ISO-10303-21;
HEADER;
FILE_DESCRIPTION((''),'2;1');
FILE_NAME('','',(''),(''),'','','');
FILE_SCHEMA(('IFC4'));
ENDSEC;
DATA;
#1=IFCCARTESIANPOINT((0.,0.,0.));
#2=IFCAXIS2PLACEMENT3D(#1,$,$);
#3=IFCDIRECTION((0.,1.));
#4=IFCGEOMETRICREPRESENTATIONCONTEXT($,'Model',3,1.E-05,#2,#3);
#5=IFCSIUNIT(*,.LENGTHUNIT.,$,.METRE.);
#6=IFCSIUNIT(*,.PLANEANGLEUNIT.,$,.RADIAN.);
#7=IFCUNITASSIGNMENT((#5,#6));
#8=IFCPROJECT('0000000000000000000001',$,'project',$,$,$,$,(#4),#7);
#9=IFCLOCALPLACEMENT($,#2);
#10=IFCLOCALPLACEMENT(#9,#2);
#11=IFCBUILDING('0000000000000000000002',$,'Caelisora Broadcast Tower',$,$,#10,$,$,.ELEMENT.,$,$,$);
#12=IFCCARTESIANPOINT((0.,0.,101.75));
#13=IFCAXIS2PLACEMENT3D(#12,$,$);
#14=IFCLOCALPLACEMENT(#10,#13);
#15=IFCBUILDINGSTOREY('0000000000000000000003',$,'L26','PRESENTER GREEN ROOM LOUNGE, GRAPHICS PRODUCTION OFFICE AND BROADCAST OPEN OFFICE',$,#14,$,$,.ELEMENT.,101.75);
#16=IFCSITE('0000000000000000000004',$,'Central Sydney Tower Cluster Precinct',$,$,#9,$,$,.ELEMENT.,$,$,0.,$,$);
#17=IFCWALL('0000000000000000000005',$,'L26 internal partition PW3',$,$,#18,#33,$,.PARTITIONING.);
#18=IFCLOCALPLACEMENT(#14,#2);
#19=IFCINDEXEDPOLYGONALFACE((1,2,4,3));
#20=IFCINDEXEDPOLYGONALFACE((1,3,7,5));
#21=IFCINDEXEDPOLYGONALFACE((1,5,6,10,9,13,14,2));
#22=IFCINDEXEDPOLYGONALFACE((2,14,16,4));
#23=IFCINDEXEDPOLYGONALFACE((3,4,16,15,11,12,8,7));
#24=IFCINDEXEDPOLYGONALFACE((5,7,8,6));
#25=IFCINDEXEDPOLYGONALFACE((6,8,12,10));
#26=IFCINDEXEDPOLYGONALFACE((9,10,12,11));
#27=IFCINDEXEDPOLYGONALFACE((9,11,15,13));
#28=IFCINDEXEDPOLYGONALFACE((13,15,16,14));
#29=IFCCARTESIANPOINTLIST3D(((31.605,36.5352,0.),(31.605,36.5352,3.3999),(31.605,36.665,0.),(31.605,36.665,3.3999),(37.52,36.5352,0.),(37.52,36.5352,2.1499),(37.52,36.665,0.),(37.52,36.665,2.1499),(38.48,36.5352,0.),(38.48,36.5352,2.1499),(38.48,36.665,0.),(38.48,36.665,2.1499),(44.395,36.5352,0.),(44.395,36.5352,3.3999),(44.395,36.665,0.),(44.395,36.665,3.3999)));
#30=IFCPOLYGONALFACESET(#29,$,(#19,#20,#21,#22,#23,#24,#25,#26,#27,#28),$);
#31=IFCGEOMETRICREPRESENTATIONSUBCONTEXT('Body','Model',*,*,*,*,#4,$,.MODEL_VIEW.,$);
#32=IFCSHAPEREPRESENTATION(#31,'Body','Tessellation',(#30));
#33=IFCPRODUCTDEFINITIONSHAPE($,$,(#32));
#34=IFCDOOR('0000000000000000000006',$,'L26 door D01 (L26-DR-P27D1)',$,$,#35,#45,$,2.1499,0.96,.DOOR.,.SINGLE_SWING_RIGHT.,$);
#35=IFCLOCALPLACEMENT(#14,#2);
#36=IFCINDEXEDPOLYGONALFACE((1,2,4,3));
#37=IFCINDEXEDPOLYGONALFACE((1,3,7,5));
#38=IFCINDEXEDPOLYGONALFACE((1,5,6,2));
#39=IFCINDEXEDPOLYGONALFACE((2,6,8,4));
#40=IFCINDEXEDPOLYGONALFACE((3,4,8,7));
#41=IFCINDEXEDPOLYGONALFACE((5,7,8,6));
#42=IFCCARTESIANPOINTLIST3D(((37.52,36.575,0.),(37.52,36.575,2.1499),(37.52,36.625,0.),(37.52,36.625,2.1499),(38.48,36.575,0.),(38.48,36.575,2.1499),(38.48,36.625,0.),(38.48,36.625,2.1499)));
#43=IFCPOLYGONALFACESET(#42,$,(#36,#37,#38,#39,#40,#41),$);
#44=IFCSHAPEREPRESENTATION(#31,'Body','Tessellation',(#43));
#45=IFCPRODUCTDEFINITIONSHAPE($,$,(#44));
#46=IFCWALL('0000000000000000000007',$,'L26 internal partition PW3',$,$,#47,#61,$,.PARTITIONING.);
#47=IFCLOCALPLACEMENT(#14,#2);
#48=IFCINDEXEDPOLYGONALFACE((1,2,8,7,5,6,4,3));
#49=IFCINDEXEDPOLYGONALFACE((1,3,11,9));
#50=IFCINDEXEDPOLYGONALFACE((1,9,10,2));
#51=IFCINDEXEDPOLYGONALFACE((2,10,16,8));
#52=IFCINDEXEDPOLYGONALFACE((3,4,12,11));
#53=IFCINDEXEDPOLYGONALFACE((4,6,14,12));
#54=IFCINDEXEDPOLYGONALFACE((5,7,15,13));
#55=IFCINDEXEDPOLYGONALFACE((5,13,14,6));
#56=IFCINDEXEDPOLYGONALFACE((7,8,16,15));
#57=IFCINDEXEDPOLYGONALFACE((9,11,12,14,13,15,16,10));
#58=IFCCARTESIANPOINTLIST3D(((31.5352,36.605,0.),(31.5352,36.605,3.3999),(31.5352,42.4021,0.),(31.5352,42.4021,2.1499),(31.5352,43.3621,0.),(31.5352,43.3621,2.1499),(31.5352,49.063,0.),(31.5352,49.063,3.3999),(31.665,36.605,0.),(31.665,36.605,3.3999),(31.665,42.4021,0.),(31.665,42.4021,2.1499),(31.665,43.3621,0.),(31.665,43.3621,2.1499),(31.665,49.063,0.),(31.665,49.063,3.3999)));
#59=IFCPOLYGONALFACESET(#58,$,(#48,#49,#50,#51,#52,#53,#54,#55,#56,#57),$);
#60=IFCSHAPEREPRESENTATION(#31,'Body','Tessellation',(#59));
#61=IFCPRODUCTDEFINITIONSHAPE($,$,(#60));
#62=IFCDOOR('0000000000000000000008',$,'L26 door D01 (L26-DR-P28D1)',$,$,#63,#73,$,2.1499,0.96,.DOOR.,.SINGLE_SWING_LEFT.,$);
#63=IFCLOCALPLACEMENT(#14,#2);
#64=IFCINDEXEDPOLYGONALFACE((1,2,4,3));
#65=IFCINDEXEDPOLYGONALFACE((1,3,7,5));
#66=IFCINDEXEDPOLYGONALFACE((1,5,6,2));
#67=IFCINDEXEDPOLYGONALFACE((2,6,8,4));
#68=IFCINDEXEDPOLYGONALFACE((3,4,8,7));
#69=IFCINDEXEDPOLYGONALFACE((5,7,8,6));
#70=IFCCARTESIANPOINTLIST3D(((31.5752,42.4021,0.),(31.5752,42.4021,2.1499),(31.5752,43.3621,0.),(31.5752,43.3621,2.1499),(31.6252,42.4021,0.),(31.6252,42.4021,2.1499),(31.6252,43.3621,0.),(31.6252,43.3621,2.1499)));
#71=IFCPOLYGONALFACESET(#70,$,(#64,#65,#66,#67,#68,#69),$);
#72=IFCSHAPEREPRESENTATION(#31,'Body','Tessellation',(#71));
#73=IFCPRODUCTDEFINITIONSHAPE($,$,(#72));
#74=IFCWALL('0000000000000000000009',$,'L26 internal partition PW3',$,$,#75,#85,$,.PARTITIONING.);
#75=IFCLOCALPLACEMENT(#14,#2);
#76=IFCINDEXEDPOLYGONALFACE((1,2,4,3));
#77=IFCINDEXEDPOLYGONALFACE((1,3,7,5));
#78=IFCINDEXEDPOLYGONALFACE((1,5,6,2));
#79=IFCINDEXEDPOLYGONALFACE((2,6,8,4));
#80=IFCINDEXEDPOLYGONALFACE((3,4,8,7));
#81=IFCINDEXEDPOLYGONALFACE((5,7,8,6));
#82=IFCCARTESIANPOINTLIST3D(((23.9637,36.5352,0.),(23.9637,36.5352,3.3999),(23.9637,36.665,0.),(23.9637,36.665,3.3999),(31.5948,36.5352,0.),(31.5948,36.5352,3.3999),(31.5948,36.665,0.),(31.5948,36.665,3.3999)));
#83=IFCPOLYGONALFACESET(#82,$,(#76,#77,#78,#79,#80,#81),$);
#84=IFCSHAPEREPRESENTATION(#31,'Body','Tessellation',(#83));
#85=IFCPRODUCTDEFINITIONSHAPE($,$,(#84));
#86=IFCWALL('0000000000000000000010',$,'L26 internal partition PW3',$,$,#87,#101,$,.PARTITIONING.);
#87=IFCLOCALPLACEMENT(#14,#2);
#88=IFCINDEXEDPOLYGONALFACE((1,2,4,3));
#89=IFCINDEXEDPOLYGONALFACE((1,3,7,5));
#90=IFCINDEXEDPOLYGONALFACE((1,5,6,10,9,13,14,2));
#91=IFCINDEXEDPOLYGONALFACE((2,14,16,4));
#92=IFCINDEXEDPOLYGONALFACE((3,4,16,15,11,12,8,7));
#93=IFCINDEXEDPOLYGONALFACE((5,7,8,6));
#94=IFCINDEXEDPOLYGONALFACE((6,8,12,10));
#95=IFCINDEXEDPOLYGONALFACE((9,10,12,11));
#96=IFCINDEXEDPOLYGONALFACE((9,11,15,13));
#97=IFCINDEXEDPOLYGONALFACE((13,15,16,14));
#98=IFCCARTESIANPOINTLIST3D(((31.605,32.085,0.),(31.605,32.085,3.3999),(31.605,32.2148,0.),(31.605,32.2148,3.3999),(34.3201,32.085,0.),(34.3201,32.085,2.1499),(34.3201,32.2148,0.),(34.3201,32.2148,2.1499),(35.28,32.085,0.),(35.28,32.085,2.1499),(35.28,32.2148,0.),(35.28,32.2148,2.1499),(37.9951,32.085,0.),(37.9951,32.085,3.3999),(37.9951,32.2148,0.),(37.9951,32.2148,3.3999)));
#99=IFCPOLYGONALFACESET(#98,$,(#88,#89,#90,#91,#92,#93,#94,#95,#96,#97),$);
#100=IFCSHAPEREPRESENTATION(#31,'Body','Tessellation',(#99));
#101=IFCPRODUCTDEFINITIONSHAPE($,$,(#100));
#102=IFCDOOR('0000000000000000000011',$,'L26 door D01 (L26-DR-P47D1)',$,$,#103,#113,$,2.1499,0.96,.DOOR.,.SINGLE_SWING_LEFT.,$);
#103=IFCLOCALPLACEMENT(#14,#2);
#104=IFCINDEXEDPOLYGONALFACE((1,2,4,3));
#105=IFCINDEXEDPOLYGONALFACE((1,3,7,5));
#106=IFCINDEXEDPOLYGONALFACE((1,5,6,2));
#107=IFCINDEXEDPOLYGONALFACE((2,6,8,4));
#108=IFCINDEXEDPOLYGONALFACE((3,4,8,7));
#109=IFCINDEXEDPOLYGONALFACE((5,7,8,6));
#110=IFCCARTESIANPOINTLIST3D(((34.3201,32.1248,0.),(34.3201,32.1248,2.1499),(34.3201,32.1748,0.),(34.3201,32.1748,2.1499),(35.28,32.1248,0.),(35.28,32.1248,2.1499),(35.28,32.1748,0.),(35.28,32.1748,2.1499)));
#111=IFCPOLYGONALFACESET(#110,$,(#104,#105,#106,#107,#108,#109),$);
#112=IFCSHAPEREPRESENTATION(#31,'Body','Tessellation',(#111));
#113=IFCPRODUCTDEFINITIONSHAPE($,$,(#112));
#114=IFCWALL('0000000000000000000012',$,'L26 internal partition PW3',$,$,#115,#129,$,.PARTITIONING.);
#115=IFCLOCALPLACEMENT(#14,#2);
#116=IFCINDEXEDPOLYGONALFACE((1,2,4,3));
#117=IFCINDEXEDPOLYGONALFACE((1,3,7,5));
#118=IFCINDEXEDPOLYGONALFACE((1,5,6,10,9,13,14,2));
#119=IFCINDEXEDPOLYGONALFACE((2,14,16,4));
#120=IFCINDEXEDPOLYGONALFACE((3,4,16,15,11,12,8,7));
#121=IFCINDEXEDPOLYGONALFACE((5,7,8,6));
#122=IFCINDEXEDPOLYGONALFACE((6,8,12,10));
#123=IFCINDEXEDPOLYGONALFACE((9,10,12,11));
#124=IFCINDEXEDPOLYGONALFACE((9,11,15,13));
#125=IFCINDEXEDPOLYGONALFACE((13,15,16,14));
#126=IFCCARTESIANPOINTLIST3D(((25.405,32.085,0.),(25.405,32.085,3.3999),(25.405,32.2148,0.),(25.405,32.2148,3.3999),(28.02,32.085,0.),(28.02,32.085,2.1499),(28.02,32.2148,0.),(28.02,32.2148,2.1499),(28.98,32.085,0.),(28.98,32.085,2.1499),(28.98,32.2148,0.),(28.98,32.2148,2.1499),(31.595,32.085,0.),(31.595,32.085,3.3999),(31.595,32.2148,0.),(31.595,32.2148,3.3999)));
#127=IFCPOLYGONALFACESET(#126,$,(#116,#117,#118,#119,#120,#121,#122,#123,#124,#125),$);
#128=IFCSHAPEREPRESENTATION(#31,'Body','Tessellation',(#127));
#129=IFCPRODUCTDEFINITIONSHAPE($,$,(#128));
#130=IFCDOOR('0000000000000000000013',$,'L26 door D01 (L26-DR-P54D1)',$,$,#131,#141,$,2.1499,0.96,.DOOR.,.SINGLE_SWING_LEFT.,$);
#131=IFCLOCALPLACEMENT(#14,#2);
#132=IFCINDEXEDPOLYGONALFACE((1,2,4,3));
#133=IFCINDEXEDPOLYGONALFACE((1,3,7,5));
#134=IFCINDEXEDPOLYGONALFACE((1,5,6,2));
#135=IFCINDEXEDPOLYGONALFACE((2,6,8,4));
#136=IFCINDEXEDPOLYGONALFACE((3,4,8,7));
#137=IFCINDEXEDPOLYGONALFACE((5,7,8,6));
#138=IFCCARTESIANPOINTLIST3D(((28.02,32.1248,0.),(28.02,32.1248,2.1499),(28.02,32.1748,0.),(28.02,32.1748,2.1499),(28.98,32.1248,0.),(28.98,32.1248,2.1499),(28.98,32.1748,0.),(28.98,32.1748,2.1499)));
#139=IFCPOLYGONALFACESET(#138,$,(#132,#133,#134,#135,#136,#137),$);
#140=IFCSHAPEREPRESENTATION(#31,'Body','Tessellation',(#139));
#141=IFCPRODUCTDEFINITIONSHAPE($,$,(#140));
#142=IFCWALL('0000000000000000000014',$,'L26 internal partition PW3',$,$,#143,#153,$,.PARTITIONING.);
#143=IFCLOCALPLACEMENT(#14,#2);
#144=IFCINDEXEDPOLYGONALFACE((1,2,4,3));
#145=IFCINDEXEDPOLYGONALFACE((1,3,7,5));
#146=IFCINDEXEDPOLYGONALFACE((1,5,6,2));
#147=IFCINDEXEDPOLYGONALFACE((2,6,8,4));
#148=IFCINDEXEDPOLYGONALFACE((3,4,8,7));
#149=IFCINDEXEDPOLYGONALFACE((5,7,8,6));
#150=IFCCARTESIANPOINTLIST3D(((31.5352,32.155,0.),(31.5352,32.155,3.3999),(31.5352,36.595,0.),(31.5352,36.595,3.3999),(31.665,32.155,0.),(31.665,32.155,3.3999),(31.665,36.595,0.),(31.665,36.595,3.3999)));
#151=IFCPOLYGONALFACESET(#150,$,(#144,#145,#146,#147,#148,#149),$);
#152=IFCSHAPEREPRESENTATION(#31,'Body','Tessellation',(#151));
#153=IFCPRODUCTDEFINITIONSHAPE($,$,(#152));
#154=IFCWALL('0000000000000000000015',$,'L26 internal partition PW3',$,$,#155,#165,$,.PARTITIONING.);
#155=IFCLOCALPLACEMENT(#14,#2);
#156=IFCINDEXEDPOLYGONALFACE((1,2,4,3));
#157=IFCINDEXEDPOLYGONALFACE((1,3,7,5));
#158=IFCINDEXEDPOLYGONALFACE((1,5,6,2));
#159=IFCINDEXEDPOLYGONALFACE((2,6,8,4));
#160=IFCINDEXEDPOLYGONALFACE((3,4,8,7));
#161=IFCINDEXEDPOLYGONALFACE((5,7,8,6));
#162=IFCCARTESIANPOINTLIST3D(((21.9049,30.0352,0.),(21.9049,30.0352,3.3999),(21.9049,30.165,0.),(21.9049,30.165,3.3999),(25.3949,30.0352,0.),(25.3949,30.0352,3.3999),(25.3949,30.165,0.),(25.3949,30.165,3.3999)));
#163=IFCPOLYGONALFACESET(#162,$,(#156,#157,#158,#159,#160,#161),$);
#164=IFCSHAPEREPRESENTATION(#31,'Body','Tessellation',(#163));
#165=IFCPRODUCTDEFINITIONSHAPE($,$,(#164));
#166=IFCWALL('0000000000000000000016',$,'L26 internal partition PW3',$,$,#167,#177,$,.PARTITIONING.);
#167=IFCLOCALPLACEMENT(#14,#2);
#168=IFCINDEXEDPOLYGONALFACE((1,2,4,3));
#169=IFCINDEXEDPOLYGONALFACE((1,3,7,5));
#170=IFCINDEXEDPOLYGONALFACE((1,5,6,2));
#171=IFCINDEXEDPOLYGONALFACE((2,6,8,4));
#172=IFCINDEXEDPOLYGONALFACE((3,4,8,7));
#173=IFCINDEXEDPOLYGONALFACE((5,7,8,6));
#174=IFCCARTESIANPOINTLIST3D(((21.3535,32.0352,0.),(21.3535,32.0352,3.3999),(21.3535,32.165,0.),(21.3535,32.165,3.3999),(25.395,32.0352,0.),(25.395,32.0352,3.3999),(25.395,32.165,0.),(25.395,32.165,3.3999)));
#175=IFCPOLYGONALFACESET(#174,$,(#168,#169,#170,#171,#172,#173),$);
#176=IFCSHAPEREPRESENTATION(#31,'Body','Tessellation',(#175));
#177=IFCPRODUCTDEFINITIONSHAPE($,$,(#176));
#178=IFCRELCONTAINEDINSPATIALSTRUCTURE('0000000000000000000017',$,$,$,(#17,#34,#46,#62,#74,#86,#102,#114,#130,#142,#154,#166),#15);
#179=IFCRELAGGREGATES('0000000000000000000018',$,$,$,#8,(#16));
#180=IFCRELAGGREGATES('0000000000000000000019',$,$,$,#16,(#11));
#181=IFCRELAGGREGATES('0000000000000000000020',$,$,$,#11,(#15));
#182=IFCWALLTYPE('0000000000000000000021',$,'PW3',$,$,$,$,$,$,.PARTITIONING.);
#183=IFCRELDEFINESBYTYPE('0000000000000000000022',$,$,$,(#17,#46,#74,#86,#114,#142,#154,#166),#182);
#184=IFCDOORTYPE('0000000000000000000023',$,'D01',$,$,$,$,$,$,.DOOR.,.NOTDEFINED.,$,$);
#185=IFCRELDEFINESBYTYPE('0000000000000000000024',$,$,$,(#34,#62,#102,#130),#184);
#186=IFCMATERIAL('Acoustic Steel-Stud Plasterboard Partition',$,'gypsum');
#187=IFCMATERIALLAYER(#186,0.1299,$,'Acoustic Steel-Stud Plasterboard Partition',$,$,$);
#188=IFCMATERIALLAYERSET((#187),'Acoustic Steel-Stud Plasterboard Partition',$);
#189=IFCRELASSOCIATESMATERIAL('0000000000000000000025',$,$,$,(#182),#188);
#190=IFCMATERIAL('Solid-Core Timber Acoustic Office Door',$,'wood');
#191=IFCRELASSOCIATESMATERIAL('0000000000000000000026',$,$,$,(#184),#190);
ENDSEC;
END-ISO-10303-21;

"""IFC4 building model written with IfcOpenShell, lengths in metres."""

from ifc_helpers import new_model, si_unit, direction, frame, frame_2d, origin, place, context, subcontext, project, spatial, rectangle, extrude, material, layer, layer_set, type_object, element, fill, save


model = new_model("IFC4")

# Units and contexts
model_context = context("Model", 3, precision=1e-05, world=origin(), true_north=direction((0.0, 1.0)))
body_context = subcontext(model_context, "Body", "Model", "MODEL_VIEW")
ifc_project = project(units=[si_unit("LENGTHUNIT", "METRE"), si_unit("PLANEANGLEUNIT", "RADIAN")], contexts=[model_context])

# Site, building, storey
site_placement = place(None, origin())
site = spatial("IfcSite", under=ifc_project, at=site_placement, Name="Central Sydney Tower Cluster Precinct", CompositionType="ELEMENT", RefElevation=0.0)
building_placement = place(site_placement, origin())
building = spatial("IfcBuilding", under=site, at=building_placement, Name="Caelisora Broadcast Tower", CompositionType="ELEMENT")
storey_placement = place(building_placement, frame((0.0, 0.0, 101.75)))
storey = spatial("IfcBuildingStorey", under=building, at=storey_placement, Name="L26", Description="PRESENTER GREEN ROOM LOUNGE, GRAPHICS PRODUCTION OFFICE AND BROADCAST OPEN OFFICE", CompositionType="ELEMENT", Elevation=101.75)

# Walls, openings, doors
ifc_material_1 = material(Name="Acoustic Steel-Stud Plasterboard Partition", Category="gypsum")
ifc_layer_1 = layer(ifc_material_1, 0.1299, Name="Acoustic Steel-Stud Plasterboard Partition")
ifc_layer_set_1 = layer_set([ifc_layer_1], Name="Acoustic Steel-Stud Plasterboard Partition")
wall_type = type_object("IfcWallType", Name="PW3", PredefinedType="PARTITIONING", material=ifc_layer_set_1)
wall_1_placement = place(storey_placement, frame((31.605, 36.6001, 0.0), z_axis=(0.0, 0.0, 1.0), x_axis=(1.0, 0.0, 0.0)))
wall_1 = element("IfcWall", 1, at=wall_1_placement, inside=storey, type_object=wall_type, Name="L26 internal partition PW3", PredefinedType="PARTITIONING", context=body_context, shape_type="SweptSolid", body=[
    extrude(rectangle(XDim=12.79, YDim=0.1299, at=frame_2d((6.395, 0.0))), origin(), (0.0, 0.0, 1.0), 3.3999),
])
opening_1_placement = place(wall_1_placement, frame((5.915, 0.0, 0.0)))
opening_1 = element("IfcOpeningElement", 2, at=opening_1_placement, cuts=wall_1, PredefinedType="OPENING", context=body_context, shape_type="SweptSolid", body=[
    extrude(rectangle(XDim=0.96, YDim=2.1499, at=frame_2d((0.48, 1.075))), frame((0.0, 0.0769, 0.0), z_axis=(0.0, -1.0, 0.0), x_axis=(1.0, 0.0, 0.0)), (0.0, 0.0, 1.0), 0.1538),
])
ifc_material_2 = material(Name="Solid-Core Timber Acoustic Office Door", Category="wood")
door_type = type_object("IfcDoorType", Name="D01", OperationType="NOTDEFINED", PredefinedType="DOOR", material=ifc_material_2)
door_1_placement = place(opening_1_placement, origin())
door_1 = element("IfcDoor", 3, at=door_1_placement, inside=storey, type_object=door_type, Name="L26 door D01 (L26-DR-P27D1)", OperationType="SINGLE_SWING_RIGHT", OverallHeight=2.1499, OverallWidth=0.96, PredefinedType="DOOR", context=body_context, shape_type="SweptSolid", body=[
    extrude(rectangle(XDim=0.96, YDim=2.1499, at=frame_2d((0.48, 1.075))), frame((0.0, 0.0249, 0.0), z_axis=(0.0, -1.0, 0.0), x_axis=(1.0, 0.0, 0.0)), (0.0, 0.0, 1.0), 0.05),
])
fill(opening_1, door_1)
wall_2_placement = place(storey_placement, frame((31.6001, 36.605, 0.0), z_axis=(0.0, 0.0, 1.0), x_axis=(0.0, 1.0, 0.0)))
wall_2 = element("IfcWall", 4, at=wall_2_placement, inside=storey, type_object=wall_type, Name="L26 internal partition PW3", PredefinedType="PARTITIONING", context=body_context, shape_type="SweptSolid", body=[
    extrude(rectangle(XDim=12.458, YDim=0.1299, at=frame_2d((6.229, 0.0))), origin(), (0.0, 0.0, 1.0), 3.3999),
])
opening_2_placement = place(wall_2_placement, frame((5.7971, 0.0, 0.0)))
opening_2 = element("IfcOpeningElement", 5, at=opening_2_placement, cuts=wall_2, PredefinedType="OPENING", context=body_context, shape_type="SweptSolid", body=[
    extrude(rectangle(XDim=0.96, YDim=2.1499, at=frame_2d((0.48, 1.075))), frame((0.0, 0.0769, 0.0), z_axis=(0.0, -1.0, 0.0), x_axis=(1.0, 0.0, 0.0)), (0.0, 0.0, 1.0), 0.1538),
])
door_2_placement = place(opening_2_placement, origin())
door_2 = element("IfcDoor", 6, at=door_2_placement, inside=storey, type_object=door_type, Name="L26 door D01 (L26-DR-P28D1)", OperationType="SINGLE_SWING_LEFT", OverallHeight=2.1499, OverallWidth=0.96, PredefinedType="DOOR", context=body_context, shape_type="SweptSolid", body=[
    extrude(rectangle(XDim=0.96, YDim=2.1499, at=frame_2d((0.48, 1.075))), frame((0.0, 0.0249, 0.0), z_axis=(0.0, -1.0, 0.0), x_axis=(1.0, 0.0, 0.0)), (0.0, 0.0, 1.0), 0.05),
])
fill(opening_2, door_2)

# Wall
wall_3_placement = place(storey_placement, frame((23.9639, 36.6001, 0.0), z_axis=(0.0, 0.0, 1.0), x_axis=(1.0, 0.0, 0.0)))
element("IfcWall", 7, at=wall_3_placement, inside=storey, type_object=wall_type, Name="L26 internal partition PW3", PredefinedType="PARTITIONING", context=body_context, shape_type="SweptSolid", body=[
    extrude(rectangle(XDim=7.6311, YDim=0.1299, at=frame_2d((3.8154, 0.0))), origin(), (0.0, 0.0, 1.0), 3.3999),
])

# Walls, openings, doors
wall_4_placement = place(storey_placement, frame((31.605, 32.1499, 0.0), z_axis=(0.0, 0.0, 1.0), x_axis=(1.0, 0.0, 0.0)))
wall_4 = element("IfcWall", 8, at=wall_4_placement, inside=storey, type_object=wall_type, Name="L26 internal partition PW3", PredefinedType="PARTITIONING", context=body_context, shape_type="SweptSolid", body=[
    extrude(rectangle(XDim=6.3901, YDim=0.1299, at=frame_2d((3.1951, 0.0))), origin(), (0.0, 0.0, 1.0), 3.3999),
])
opening_3_placement = place(wall_4_placement, frame((2.7151, 0.0, 0.0)))
opening_3 = element("IfcOpeningElement", 9, at=opening_3_placement, cuts=wall_4, PredefinedType="OPENING", context=body_context, shape_type="SweptSolid", body=[
    extrude(rectangle(XDim=0.96, YDim=2.1499, at=frame_2d((0.48, 1.075))), frame((0.0, 0.0769, 0.0), z_axis=(0.0, -1.0, 0.0), x_axis=(1.0, 0.0, 0.0)), (0.0, 0.0, 1.0), 0.1538),
])
door_3_placement = place(opening_3_placement, origin())
door_3 = element("IfcDoor", 10, at=door_3_placement, inside=storey, type_object=door_type, Name="L26 door D01 (L26-DR-P47D1)", OperationType="SINGLE_SWING_LEFT", OverallHeight=2.1499, OverallWidth=0.96, PredefinedType="DOOR", context=body_context, shape_type="SweptSolid", body=[
    extrude(rectangle(XDim=0.96, YDim=2.1499, at=frame_2d((0.48, 1.075))), frame((0.0, 0.0249, 0.0), z_axis=(0.0, -1.0, 0.0), x_axis=(1.0, 0.0, 0.0)), (0.0, 0.0, 1.0), 0.05),
])
fill(opening_3, door_3)
wall_5_placement = place(storey_placement, frame((25.405, 32.1499, 0.0), z_axis=(0.0, 0.0, 1.0), x_axis=(1.0, 0.0, 0.0)))
wall_5 = element("IfcWall", 11, at=wall_5_placement, inside=storey, type_object=wall_type, Name="L26 internal partition PW3", PredefinedType="PARTITIONING", context=body_context, shape_type="SweptSolid", body=[
    extrude(rectangle(XDim=6.1899, YDim=0.1299, at=frame_2d((3.095, 0.0))), origin(), (0.0, 0.0, 1.0), 3.3999),
])
opening_4_placement = place(wall_5_placement, frame((2.615, 0.0, 0.0)))
opening_4 = element("IfcOpeningElement", 12, at=opening_4_placement, cuts=wall_5, PredefinedType="OPENING", context=body_context, shape_type="SweptSolid", body=[
    extrude(rectangle(XDim=0.96, YDim=2.1499, at=frame_2d((0.48, 1.075))), frame((0.0, 0.0769, 0.0), z_axis=(0.0, -1.0, 0.0), x_axis=(1.0, 0.0, 0.0)), (0.0, 0.0, 1.0), 0.1538),
])
door_4_placement = place(opening_4_placement, origin())
door_4 = element("IfcDoor", 13, at=door_4_placement, inside=storey, type_object=door_type, Name="L26 door D01 (L26-DR-P54D1)", OperationType="SINGLE_SWING_LEFT", OverallHeight=2.1499, OverallWidth=0.96, PredefinedType="DOOR", context=body_context, shape_type="SweptSolid", body=[
    extrude(rectangle(XDim=0.96, YDim=2.1499, at=frame_2d((0.48, 1.075))), frame((0.0, 0.0249, 0.0), z_axis=(0.0, -1.0, 0.0), x_axis=(1.0, 0.0, 0.0)), (0.0, 0.0, 1.0), 0.05),
])
fill(opening_4, door_4)

# Walls
wall_6_placement = place(storey_placement, frame((31.6001, 32.155, 0.0), z_axis=(0.0, 0.0, 1.0), x_axis=(0.0, 1.0, 0.0)))
element("IfcWall", 14, at=wall_6_placement, inside=storey, type_object=wall_type, Name="L26 internal partition PW3", PredefinedType="PARTITIONING", context=body_context, shape_type="SweptSolid", body=[
    extrude(rectangle(XDim=4.4399, YDim=0.1299, at=frame_2d((2.22, 0.0))), origin(), (0.0, 0.0, 1.0), 3.3999),
])
wall_7_placement = place(storey_placement, frame((25.395, 30.1001, 0.0), z_axis=(0.0, 0.0, 1.0), x_axis=(-1.0, 0.0, 0.0)))
element("IfcWall", 15, at=wall_7_placement, inside=storey, type_object=wall_type, Name="L26 internal partition PW3", PredefinedType="PARTITIONING", context=body_context, shape_type="SweptSolid", body=[
    extrude(rectangle(XDim=3.49, YDim=0.1299, at=frame_2d((1.7451, 0.0))), origin(), (0.0, 0.0, 1.0), 3.3999),
])
wall_8_placement = place(storey_placement, frame((21.3535, 32.1001, 0.0), z_axis=(0.0, 0.0, 1.0), x_axis=(1.0, 0.0, 0.0)))
element("IfcWall", 16, at=wall_8_placement, inside=storey, type_object=wall_type, Name="L26 internal partition PW3", PredefinedType="PARTITIONING", context=body_context, shape_type="SweptSolid", body=[
    extrude(rectangle(XDim=4.0415, YDim=0.1299, at=frame_2d((2.0208, 0.0))), origin(), (0.0, 0.0, 1.0), 3.3999),
])

save(model, "model.ifc")
